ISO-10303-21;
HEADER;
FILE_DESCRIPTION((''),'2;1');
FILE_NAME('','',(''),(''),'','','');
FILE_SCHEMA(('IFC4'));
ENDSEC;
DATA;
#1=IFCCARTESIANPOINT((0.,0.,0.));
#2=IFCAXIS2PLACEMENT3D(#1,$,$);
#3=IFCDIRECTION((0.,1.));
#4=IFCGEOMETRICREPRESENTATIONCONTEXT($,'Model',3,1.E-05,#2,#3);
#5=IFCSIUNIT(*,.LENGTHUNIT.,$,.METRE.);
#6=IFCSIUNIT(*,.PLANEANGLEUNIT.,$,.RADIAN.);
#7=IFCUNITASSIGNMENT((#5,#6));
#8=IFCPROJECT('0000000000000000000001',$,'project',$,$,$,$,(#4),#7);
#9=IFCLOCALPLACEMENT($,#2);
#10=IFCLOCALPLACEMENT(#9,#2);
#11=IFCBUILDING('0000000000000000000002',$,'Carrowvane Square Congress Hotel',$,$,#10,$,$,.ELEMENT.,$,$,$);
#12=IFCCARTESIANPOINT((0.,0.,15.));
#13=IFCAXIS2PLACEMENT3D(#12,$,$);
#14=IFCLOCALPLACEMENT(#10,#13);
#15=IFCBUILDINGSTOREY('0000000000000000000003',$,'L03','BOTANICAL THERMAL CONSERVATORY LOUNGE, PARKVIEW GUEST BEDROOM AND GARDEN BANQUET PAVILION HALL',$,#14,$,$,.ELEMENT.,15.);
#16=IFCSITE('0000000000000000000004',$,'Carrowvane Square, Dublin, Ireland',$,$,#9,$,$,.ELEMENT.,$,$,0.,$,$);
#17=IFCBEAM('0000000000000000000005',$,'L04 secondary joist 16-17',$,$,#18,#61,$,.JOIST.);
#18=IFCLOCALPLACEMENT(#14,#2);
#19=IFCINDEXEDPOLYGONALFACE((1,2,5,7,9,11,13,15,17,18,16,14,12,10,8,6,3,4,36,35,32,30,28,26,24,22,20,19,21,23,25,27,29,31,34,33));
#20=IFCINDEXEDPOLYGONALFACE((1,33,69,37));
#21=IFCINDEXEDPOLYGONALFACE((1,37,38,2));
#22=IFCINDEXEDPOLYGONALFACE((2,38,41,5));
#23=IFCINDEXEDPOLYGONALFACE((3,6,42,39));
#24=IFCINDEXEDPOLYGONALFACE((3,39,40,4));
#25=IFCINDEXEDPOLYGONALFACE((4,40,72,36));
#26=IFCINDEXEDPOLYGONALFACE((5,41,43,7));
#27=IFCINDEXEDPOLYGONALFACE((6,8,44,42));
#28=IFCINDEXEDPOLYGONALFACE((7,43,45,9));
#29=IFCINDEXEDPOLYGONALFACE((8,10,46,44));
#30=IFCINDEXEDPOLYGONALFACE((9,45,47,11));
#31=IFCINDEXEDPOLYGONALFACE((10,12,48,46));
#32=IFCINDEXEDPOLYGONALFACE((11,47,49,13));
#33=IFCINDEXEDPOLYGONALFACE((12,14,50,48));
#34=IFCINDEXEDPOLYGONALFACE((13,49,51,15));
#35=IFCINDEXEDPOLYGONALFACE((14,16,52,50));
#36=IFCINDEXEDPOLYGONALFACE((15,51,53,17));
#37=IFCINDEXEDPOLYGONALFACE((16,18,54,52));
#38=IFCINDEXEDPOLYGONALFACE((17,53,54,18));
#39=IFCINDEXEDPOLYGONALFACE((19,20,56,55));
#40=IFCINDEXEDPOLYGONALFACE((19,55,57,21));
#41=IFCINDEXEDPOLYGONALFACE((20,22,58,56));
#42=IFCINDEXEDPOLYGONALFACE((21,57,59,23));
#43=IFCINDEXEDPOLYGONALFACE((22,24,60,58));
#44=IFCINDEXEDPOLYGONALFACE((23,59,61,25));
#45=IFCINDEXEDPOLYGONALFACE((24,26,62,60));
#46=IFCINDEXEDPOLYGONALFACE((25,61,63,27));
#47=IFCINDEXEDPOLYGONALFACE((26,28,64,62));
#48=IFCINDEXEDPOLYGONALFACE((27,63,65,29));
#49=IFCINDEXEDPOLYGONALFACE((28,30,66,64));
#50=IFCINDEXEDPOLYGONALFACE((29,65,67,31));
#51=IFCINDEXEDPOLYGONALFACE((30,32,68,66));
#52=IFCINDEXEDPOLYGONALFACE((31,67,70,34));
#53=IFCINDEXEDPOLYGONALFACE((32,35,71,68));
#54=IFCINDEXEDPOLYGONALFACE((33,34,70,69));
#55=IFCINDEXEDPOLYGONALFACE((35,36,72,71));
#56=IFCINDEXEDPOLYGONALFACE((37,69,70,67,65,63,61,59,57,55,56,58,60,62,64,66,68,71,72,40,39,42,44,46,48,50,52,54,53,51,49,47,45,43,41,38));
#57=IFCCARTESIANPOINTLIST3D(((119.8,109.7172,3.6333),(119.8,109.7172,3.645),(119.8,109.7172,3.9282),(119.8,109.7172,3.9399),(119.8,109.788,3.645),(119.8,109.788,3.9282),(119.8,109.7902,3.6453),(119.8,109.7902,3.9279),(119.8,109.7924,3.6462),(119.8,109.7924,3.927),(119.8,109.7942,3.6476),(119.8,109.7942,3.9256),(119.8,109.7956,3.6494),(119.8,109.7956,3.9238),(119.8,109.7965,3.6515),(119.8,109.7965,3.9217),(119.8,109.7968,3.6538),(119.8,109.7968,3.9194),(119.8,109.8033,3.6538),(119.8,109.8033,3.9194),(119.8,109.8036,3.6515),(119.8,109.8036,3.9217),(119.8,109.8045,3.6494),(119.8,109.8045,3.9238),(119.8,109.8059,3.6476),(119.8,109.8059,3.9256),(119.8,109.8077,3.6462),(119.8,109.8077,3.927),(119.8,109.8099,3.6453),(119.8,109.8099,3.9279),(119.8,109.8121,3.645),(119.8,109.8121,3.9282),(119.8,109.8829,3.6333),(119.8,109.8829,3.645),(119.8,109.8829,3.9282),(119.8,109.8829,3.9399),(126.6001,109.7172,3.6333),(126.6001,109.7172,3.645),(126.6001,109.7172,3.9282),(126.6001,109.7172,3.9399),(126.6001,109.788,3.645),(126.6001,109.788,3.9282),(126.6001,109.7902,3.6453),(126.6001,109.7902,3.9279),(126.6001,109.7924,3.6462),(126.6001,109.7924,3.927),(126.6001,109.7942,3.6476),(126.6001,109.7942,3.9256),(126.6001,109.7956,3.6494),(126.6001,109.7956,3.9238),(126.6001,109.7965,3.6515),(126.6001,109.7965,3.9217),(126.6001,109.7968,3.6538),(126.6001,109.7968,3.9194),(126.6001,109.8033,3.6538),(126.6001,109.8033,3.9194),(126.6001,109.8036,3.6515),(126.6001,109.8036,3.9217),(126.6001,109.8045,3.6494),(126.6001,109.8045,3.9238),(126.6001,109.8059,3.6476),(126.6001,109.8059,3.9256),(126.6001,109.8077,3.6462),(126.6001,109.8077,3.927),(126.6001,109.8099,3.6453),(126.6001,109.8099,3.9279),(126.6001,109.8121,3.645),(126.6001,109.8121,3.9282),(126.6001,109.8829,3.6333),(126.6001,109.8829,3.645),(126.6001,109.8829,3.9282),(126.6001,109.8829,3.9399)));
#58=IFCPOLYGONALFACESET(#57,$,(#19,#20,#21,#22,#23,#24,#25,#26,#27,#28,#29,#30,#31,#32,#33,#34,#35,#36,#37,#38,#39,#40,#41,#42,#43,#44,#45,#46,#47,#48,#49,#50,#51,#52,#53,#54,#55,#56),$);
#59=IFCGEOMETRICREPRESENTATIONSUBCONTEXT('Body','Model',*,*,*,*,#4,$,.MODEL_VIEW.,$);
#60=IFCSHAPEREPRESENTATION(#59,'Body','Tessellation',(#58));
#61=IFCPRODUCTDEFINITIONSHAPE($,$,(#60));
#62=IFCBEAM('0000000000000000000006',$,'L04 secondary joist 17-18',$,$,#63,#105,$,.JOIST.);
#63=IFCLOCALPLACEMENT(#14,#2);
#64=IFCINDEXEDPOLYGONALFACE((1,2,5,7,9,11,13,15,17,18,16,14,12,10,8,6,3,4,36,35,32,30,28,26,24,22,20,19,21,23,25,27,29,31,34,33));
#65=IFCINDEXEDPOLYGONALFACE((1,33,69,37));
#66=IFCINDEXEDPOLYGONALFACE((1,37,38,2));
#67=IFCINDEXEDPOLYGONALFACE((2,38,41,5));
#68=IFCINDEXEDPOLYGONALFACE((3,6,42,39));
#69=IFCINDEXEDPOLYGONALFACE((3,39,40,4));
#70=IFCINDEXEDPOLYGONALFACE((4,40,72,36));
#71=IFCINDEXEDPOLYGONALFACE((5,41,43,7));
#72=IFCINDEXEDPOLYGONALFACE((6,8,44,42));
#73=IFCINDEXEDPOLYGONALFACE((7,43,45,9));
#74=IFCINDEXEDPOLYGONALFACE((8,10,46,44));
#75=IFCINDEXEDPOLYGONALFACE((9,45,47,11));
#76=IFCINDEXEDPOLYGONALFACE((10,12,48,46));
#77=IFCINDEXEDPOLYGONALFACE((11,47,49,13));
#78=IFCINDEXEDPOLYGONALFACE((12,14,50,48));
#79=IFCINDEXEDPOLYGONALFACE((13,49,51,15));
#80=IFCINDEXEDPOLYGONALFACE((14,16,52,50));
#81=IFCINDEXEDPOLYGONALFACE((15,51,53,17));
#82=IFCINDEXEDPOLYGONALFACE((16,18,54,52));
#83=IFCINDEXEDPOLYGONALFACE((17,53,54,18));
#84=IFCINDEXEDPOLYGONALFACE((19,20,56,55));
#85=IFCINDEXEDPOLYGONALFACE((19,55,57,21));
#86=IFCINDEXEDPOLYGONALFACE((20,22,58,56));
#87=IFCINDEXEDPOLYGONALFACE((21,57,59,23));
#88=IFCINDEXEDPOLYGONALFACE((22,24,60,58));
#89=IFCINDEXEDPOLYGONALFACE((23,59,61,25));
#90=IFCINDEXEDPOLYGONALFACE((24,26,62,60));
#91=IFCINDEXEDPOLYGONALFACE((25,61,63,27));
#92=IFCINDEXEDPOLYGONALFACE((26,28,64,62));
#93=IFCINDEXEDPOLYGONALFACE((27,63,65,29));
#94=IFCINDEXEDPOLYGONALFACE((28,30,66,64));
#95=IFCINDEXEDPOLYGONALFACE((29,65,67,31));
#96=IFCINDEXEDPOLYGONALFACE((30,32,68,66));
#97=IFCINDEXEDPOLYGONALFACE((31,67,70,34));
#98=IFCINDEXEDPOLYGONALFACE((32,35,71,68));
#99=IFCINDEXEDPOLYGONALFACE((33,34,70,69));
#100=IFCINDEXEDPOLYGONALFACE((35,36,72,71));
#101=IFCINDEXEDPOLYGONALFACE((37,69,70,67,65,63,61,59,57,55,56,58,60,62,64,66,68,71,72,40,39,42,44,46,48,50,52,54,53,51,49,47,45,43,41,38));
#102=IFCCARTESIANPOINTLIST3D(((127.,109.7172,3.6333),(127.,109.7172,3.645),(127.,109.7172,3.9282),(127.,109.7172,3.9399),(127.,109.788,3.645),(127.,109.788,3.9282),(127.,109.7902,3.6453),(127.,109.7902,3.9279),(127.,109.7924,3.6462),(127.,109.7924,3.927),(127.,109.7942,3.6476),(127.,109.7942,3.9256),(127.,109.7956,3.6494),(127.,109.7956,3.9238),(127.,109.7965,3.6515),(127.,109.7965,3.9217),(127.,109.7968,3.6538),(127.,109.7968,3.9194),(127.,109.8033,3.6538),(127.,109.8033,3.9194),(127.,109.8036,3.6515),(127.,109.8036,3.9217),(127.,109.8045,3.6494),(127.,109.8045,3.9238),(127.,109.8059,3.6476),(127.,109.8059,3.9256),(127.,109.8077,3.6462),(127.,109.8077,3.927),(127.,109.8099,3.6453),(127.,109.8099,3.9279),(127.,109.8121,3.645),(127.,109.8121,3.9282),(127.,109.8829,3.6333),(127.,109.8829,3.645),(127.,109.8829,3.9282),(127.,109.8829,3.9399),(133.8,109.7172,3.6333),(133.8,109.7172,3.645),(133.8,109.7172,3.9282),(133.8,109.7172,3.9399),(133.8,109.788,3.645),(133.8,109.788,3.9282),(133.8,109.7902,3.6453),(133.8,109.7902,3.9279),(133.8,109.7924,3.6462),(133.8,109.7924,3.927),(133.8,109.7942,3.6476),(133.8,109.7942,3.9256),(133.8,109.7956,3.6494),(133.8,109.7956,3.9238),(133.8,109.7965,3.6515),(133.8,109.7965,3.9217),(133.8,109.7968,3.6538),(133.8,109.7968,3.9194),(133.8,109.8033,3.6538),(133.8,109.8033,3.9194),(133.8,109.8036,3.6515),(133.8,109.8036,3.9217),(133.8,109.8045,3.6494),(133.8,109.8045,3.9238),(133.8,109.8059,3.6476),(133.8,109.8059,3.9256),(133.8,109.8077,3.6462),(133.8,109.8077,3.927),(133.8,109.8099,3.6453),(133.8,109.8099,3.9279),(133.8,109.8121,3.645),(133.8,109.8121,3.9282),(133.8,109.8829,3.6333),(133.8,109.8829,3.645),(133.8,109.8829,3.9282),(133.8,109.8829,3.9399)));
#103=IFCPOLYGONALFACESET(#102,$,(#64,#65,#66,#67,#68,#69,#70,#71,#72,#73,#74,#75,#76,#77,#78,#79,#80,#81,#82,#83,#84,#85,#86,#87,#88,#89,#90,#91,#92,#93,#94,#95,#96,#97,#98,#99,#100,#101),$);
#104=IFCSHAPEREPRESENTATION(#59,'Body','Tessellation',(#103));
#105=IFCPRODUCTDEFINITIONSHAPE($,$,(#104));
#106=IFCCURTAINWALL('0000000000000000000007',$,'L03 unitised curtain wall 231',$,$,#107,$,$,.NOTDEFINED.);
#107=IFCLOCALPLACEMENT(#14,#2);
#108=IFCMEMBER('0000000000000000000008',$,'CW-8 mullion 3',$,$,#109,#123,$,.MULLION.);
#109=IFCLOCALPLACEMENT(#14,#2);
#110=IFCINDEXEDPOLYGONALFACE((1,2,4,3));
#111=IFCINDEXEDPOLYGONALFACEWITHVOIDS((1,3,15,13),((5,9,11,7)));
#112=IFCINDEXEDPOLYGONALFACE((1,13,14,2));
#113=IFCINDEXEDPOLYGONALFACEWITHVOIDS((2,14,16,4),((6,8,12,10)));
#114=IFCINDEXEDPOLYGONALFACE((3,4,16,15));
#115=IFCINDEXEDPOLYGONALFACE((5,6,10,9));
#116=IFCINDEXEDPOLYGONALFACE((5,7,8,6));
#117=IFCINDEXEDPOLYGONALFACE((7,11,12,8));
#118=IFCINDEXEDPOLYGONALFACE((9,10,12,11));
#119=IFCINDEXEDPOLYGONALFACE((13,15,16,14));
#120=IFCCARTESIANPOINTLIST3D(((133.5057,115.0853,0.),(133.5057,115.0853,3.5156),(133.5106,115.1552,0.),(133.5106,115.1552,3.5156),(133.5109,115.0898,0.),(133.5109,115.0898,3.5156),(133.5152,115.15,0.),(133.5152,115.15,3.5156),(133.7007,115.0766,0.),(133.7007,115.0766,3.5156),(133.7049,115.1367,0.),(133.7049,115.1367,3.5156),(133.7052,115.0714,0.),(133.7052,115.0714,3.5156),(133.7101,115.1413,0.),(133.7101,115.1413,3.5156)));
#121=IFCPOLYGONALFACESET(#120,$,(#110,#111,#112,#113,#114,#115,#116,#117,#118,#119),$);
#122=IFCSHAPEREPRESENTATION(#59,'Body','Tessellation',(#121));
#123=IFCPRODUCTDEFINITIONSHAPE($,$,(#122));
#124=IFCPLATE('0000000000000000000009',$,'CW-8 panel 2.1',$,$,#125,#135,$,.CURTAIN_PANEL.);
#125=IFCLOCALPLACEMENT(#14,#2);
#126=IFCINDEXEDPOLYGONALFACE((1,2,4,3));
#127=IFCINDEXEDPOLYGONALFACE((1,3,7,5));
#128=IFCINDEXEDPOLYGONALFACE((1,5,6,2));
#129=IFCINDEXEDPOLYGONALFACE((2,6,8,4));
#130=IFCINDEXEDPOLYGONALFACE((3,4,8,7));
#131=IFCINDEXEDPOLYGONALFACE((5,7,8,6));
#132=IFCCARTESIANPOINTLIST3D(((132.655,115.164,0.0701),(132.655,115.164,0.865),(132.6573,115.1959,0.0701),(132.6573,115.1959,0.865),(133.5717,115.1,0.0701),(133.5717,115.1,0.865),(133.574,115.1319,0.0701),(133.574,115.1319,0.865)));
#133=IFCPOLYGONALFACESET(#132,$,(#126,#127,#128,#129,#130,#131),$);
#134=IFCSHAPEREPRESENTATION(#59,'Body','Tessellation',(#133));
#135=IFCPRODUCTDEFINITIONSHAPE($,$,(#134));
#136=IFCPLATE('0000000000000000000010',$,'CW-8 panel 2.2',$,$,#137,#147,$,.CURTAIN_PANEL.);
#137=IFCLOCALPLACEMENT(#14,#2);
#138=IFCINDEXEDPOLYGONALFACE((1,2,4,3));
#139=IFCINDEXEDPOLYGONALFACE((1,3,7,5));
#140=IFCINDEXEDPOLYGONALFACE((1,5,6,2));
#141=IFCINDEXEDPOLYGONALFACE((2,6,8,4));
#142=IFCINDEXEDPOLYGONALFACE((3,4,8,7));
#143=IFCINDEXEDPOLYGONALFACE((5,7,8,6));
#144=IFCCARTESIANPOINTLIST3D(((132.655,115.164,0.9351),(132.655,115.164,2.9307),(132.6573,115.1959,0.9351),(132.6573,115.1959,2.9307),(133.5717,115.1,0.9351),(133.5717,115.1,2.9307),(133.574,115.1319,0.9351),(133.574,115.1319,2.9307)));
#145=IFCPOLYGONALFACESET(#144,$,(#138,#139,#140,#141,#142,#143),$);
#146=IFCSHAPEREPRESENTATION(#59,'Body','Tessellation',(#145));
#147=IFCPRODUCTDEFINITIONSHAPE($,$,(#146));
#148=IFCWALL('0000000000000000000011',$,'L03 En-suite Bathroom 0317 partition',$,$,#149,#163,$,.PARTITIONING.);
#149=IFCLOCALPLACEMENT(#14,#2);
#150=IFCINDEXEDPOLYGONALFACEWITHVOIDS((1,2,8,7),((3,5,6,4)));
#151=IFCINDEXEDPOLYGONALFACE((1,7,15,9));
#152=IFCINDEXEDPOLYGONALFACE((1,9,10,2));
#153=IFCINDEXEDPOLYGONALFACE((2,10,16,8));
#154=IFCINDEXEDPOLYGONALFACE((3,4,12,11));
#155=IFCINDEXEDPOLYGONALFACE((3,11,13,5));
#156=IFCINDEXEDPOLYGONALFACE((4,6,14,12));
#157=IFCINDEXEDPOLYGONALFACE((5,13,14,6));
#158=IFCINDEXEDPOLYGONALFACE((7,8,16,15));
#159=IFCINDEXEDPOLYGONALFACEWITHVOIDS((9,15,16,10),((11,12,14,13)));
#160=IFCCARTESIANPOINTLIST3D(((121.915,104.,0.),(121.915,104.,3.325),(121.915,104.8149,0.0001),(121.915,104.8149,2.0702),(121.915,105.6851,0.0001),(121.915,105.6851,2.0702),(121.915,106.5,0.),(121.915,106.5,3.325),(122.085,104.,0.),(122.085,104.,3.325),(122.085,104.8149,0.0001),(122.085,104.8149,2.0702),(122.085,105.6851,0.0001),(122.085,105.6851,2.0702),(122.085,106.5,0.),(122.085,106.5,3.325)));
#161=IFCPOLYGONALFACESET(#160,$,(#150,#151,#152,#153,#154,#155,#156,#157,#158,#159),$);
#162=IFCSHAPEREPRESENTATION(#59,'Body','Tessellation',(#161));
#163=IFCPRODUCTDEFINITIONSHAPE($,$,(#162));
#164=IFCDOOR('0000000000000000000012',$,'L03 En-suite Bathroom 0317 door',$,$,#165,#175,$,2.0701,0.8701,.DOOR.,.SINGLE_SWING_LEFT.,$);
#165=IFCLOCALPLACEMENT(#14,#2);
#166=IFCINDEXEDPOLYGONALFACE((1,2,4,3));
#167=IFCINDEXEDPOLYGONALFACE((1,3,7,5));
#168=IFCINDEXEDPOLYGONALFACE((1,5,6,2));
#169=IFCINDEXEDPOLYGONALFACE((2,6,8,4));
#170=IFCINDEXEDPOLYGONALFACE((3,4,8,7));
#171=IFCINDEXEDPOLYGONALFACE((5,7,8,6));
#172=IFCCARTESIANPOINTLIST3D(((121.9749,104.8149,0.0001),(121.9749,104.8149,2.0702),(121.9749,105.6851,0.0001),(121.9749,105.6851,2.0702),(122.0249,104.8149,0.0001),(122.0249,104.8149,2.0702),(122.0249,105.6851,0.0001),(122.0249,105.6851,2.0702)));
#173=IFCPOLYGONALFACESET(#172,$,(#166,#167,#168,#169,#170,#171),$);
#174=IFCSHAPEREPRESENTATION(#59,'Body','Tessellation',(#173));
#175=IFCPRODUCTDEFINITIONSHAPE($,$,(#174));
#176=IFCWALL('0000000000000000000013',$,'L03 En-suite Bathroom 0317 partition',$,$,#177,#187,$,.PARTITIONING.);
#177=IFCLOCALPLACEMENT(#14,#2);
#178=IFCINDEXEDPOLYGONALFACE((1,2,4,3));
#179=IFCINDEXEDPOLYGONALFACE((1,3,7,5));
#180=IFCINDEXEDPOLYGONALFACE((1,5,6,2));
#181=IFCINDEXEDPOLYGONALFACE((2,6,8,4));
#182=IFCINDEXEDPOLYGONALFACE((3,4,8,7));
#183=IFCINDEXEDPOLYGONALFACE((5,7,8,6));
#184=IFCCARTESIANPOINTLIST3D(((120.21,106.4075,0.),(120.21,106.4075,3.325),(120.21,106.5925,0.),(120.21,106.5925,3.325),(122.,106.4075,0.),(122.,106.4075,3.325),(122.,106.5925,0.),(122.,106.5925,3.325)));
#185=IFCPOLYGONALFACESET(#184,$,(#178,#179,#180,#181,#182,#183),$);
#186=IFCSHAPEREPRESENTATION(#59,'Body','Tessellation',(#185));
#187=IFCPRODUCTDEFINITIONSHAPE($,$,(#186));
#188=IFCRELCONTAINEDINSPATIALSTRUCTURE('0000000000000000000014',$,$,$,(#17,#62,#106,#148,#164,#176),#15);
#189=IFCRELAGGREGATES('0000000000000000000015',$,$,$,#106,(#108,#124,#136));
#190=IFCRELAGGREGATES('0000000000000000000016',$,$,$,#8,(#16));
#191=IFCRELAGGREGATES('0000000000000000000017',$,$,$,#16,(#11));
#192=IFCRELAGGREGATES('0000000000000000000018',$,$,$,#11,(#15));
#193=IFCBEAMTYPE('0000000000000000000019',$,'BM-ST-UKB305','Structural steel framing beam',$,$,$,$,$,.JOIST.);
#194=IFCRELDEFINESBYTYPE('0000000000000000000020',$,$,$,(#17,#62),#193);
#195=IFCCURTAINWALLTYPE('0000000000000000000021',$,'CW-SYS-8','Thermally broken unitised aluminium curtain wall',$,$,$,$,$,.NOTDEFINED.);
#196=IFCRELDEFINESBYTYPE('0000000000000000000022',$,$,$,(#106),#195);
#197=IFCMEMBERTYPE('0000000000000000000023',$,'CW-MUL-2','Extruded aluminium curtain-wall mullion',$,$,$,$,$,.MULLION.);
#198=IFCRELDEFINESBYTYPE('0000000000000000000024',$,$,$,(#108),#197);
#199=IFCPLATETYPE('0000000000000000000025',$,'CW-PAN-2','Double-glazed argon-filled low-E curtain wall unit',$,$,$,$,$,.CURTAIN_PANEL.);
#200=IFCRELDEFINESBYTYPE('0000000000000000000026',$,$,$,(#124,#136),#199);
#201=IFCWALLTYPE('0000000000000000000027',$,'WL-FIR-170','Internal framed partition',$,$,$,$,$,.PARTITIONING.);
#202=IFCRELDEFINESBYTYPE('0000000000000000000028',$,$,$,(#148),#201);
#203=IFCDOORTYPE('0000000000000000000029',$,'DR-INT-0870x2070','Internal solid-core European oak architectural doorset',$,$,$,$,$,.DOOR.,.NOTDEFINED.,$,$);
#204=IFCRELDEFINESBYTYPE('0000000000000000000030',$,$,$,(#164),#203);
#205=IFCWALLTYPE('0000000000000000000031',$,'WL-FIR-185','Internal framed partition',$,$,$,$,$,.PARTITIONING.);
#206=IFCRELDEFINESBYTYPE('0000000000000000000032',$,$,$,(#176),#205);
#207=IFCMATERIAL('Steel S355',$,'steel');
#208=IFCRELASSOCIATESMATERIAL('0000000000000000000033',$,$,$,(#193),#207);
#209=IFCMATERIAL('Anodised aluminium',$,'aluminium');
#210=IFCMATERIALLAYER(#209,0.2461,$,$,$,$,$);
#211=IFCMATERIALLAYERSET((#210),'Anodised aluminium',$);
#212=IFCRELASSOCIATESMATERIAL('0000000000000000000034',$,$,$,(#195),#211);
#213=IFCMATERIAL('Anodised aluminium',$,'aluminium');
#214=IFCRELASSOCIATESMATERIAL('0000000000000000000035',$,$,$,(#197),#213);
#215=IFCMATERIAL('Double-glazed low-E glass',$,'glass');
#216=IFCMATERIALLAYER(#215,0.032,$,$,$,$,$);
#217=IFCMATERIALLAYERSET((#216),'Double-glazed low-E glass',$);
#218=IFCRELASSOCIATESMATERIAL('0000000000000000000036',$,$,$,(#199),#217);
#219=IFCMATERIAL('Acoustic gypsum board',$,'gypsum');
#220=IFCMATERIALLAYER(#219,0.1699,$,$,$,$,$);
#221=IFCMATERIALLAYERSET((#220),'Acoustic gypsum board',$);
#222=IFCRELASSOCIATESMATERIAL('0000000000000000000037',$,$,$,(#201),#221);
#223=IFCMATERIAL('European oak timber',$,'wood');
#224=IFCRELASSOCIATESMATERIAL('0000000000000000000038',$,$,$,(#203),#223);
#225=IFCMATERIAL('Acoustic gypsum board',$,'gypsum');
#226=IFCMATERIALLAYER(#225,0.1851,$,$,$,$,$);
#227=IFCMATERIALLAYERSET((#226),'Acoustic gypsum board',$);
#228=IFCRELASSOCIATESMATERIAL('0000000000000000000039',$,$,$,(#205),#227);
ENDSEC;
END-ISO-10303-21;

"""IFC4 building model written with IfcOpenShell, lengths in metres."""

from ifc_helpers import new_model, si_unit, direction, frame, frame_2d, origin, origin_2d, place, context, subcontext, project, spatial, rectangle, hollow_rectangle, i_section, extrude, material, layer, layer_set, material_profile, profile_set, type_object, element, fill, aggregate, save


model = new_model("IFC4")

# Units and contexts
model_context = context("Model", 3, precision=1e-05, world=origin(), true_north=direction((0.0, 1.0)))
body_context = subcontext(model_context, "Body", "Model", "MODEL_VIEW")
ifc_project = project(units=[si_unit("LENGTHUNIT", "METRE"), si_unit("PLANEANGLEUNIT", "RADIAN")], contexts=[model_context])

# Site, building, storey
site_placement = place(None, origin())
site = spatial("IfcSite", under=ifc_project, at=site_placement, Name="Carrowvane Square, Dublin, Ireland", CompositionType="ELEMENT", RefElevation=0.0)
building_placement = place(site_placement, origin())
building = spatial("IfcBuilding", under=site, at=building_placement, Name="Carrowvane Square Congress Hotel", CompositionType="ELEMENT")
storey_placement = place(building_placement, frame((0.0, 0.0, 15.0)))
storey = spatial("IfcBuildingStorey", under=building, at=storey_placement, Name="L03", Description="BOTANICAL THERMAL CONSERVATORY LOUNGE, PARKVIEW GUEST BEDROOM AND GARDEN BANQUET PAVILION HALL", CompositionType="ELEMENT", Elevation=15.0)

# Beams
ifc_material_1 = material(Name="Steel S355", Category="steel")
ifc_material_profile_1 = material_profile(ifc_material_1, i_section(OverallWidth=0.1658, OverallDepth=0.3066, WebThickness=0.0066, FlangeThickness=0.0117, FilletRadius=0.0088, at=origin_2d()), Name="UKB 305x165x46")
ifc_profile_set_1 = profile_set([ifc_material_profile_1], Name="Steel S355")
beam_type_1 = type_object("IfcBeamType", Name="BM-ST-UKB305", Description="Structural steel framing beam", PredefinedType="JOIST", material=ifc_profile_set_1)
for number, where, z_axis, x_axis, name in (
    (1, (119.8, 109.8, 3.7866), (1.0, 0.0, 0.0), (0.0, 1.0, 0.0), "L04 secondary joist 16-17"),
    (2, (127.0, 109.8, 3.7866), (1.0, 0.0, 0.0), (0.0, 1.0, 0.0), "L04 secondary joist 17-18"),
):
    element("IfcBeam", number, at=place(storey_placement, frame(where, z_axis=z_axis, x_axis=x_axis)), inside=storey, type_object=beam_type_1, Name=name, PredefinedType="JOIST", context=body_context, shape_type="SweptSolid", body=[
        extrude(i_section(OverallWidth=0.1658, OverallDepth=0.3066, WebThickness=0.0066, FlangeThickness=0.0117, FilletRadius=0.0088, at=origin_2d()), origin(), (0.0, 0.0, 1.0), 6.8),
    ])

# Curtain wall, member, plates
ifc_material_2 = material(Name="Anodised aluminium", Category="aluminium")
ifc_layer_1 = layer(ifc_material_2, 0.2461)
ifc_layer_set_1 = layer_set([ifc_layer_1], Name="Anodised aluminium")
curtain_wall_type = type_object("IfcCurtainWallType", Name="CW-SYS-8", Description="Thermally broken unitised aluminium curtain wall", PredefinedType="NOTDEFINED", material=ifc_layer_set_1)
curtain_wall_placement = place(storey_placement, origin())
curtain_wall = element("IfcCurtainWall", 3, at=curtain_wall_placement, inside=storey, type_object=curtain_wall_type, Name="L03 unitised curtain wall 231", PredefinedType="NOTDEFINED")
ifc_material_3 = material(Name="Anodised aluminium", Category="aluminium")
ifc_material_profile_2 = material_profile(ifc_material_3, hollow_rectangle(XDim=0.0701, YDim=0.2, WallThickness=0.0049, at=origin_2d()), Name="CW-ML 70x200x5")
ifc_profile_set_2 = profile_set([ifc_material_profile_2], Name="Anodised aluminium")
member_type = type_object("IfcMemberType", Name="CW-MUL-2", Description="Extruded aluminium curtain-wall mullion", PredefinedType="MULLION", material=ifc_profile_set_2)
member_placement = place(storey_placement, frame((133.6079, 115.1133, 0.0), z_axis=(0.0, 0.0, 1.0), x_axis=(0.069727, 0.997566, 0.0)))
member = element("IfcMember", 4, at=member_placement, type_object=member_type, Name="CW-8 mullion 3", PredefinedType="MULLION", context=body_context, shape_type="SweptSolid", body=[
    extrude(hollow_rectangle(XDim=0.0701, YDim=0.2, WallThickness=0.0049, at=origin_2d()), origin(), (0.0, 0.0, 1.0), 3.5156),
])
ifc_material_4 = material(Name="Double-glazed low-E glass", Category="glass")
ifc_layer_2 = layer(ifc_material_4, 0.032)
ifc_layer_set_2 = layer_set([ifc_layer_2], Name="Double-glazed low-E glass")
plate_type = type_object("IfcPlateType", Name="CW-PAN-2", Description="Double-glazed argon-filled low-E curtain wall unit", PredefinedType="CURTAIN_PANEL", material=ifc_layer_set_2)
plate_1_placement = place(storey_placement, frame((133.1145, 115.1479, 0.0701), z_axis=(0.0, 0.0, 1.0), x_axis=(0.997566, -0.069727, 0.0)))
plate_1 = element("IfcPlate", 5, at=plate_1_placement, type_object=plate_type, Name="CW-8 panel 2.1", PredefinedType="CURTAIN_PANEL", context=body_context, shape_type="SweptSolid", body=[
    extrude(rectangle(XDim=0.9189, YDim=0.032, at=origin_2d()), origin(), (0.0, 0.0, 1.0), 0.7949),
])
plate_2_placement = place(storey_placement, frame((133.1145, 115.1479, 0.9351), z_axis=(0.0, 0.0, 1.0), x_axis=(0.997566, -0.069727, 0.0)))
plate_2 = element("IfcPlate", 6, at=plate_2_placement, type_object=plate_type, Name="CW-8 panel 2.2", PredefinedType="CURTAIN_PANEL", context=body_context, shape_type="SweptSolid", body=[
    extrude(rectangle(XDim=0.9189, YDim=0.032, at=origin_2d()), origin(), (0.0, 0.0, 1.0), 1.9956),
])
aggregate(curtain_wall, [member, plate_1, plate_2])

# Wall, opening, door
ifc_material_5 = material(Name="Acoustic gypsum board", Category="gypsum")
ifc_layer_3 = layer(ifc_material_5, 0.1699)
ifc_layer_set_3 = layer_set([ifc_layer_3], Name="Acoustic gypsum board")
wall_type_1 = type_object("IfcWallType", Name="WL-FIR-170", Description="Internal framed partition", PredefinedType="PARTITIONING", material=ifc_layer_set_3)
wall_1_placement = place(storey_placement, frame((122.0, 106.5, 0.0), z_axis=(0.0, 0.0, 1.0), x_axis=(0.0, -1.0, 0.0)))
wall_1 = element("IfcWall", 7, at=wall_1_placement, inside=storey, type_object=wall_type_1, Name="L03 En-suite Bathroom 0317 partition", PredefinedType="PARTITIONING", context=body_context, shape_type="SweptSolid", body=[
    extrude(rectangle(XDim=2.5, YDim=0.1699, at=frame_2d((1.25, 0.0))), origin(), (0.0, 0.0, 1.0), 3.325),
])
opening_1_placement = place(wall_1_placement, frame((0.8149, 0.0, 0.0)))
opening_1 = element("IfcOpeningElement", 8, at=opening_1_placement, cuts=wall_1, PredefinedType="OPENING", context=body_context, shape_type="SweptSolid", body=[
    extrude(rectangle(XDim=0.8701, YDim=2.0701, at=frame_2d((0.4351, 1.0352))), frame((0.0, 0.095, 0.0), z_axis=(0.0, -1.0, 0.0), x_axis=(1.0, 0.0, 0.0)), (0.0, 0.0, 1.0), 0.1899),
])
ifc_material_6 = material(Name="European oak timber", Category="wood")
door_type_1 = type_object("IfcDoorType", Name="DR-INT-0870x2070", Description="Internal solid-core European oak architectural doorset", OperationType="NOTDEFINED", PredefinedType="DOOR", material=ifc_material_6)
door_1_placement = place(opening_1_placement, origin())
door_1 = element("IfcDoor", 9, at=door_1_placement, inside=storey, type_object=door_type_1, Name="L03 En-suite Bathroom 0317 door", OperationType="SINGLE_SWING_LEFT", OverallHeight=2.0701, OverallWidth=0.8701, PredefinedType="DOOR", context=body_context, shape_type="SweptSolid", body=[
    extrude(rectangle(XDim=0.8701, YDim=2.0701, at=frame_2d((0.4351, 1.0352))), frame((0.0, 0.0249, 0.0), z_axis=(0.0, -1.0, 0.0), x_axis=(1.0, 0.0, 0.0)), (0.0, 0.0, 1.0), 0.05),
])
fill(opening_1, door_1)

# Wall
ifc_material_7 = material(Name="Acoustic gypsum board", Category="gypsum")
ifc_layer_4 = layer(ifc_material_7, 0.1851)
ifc_layer_set_4 = layer_set([ifc_layer_4], Name="Acoustic gypsum board")
wall_type_2 = type_object("IfcWallType", Name="WL-FIR-185", Description="Internal framed partition", PredefinedType="PARTITIONING", material=ifc_layer_set_4)
wall_2_placement = place(storey_placement, frame((120.21, 106.5, 0.0), z_axis=(0.0, 0.0, 1.0), x_axis=(1.0, 0.0, 0.0)))
element("IfcWall", 10, at=wall_2_placement, inside=storey, type_object=wall_type_2, Name="L03 En-suite Bathroom 0317 partition", PredefinedType="PARTITIONING", context=body_context, shape_type="SweptSolid", body=[
    extrude(rectangle(XDim=1.79, YDim=0.1851, at=frame_2d((0.895, 0.0))), origin(), (0.0, 0.0, 1.0), 3.325),
])

save(model, "model.ifc")
